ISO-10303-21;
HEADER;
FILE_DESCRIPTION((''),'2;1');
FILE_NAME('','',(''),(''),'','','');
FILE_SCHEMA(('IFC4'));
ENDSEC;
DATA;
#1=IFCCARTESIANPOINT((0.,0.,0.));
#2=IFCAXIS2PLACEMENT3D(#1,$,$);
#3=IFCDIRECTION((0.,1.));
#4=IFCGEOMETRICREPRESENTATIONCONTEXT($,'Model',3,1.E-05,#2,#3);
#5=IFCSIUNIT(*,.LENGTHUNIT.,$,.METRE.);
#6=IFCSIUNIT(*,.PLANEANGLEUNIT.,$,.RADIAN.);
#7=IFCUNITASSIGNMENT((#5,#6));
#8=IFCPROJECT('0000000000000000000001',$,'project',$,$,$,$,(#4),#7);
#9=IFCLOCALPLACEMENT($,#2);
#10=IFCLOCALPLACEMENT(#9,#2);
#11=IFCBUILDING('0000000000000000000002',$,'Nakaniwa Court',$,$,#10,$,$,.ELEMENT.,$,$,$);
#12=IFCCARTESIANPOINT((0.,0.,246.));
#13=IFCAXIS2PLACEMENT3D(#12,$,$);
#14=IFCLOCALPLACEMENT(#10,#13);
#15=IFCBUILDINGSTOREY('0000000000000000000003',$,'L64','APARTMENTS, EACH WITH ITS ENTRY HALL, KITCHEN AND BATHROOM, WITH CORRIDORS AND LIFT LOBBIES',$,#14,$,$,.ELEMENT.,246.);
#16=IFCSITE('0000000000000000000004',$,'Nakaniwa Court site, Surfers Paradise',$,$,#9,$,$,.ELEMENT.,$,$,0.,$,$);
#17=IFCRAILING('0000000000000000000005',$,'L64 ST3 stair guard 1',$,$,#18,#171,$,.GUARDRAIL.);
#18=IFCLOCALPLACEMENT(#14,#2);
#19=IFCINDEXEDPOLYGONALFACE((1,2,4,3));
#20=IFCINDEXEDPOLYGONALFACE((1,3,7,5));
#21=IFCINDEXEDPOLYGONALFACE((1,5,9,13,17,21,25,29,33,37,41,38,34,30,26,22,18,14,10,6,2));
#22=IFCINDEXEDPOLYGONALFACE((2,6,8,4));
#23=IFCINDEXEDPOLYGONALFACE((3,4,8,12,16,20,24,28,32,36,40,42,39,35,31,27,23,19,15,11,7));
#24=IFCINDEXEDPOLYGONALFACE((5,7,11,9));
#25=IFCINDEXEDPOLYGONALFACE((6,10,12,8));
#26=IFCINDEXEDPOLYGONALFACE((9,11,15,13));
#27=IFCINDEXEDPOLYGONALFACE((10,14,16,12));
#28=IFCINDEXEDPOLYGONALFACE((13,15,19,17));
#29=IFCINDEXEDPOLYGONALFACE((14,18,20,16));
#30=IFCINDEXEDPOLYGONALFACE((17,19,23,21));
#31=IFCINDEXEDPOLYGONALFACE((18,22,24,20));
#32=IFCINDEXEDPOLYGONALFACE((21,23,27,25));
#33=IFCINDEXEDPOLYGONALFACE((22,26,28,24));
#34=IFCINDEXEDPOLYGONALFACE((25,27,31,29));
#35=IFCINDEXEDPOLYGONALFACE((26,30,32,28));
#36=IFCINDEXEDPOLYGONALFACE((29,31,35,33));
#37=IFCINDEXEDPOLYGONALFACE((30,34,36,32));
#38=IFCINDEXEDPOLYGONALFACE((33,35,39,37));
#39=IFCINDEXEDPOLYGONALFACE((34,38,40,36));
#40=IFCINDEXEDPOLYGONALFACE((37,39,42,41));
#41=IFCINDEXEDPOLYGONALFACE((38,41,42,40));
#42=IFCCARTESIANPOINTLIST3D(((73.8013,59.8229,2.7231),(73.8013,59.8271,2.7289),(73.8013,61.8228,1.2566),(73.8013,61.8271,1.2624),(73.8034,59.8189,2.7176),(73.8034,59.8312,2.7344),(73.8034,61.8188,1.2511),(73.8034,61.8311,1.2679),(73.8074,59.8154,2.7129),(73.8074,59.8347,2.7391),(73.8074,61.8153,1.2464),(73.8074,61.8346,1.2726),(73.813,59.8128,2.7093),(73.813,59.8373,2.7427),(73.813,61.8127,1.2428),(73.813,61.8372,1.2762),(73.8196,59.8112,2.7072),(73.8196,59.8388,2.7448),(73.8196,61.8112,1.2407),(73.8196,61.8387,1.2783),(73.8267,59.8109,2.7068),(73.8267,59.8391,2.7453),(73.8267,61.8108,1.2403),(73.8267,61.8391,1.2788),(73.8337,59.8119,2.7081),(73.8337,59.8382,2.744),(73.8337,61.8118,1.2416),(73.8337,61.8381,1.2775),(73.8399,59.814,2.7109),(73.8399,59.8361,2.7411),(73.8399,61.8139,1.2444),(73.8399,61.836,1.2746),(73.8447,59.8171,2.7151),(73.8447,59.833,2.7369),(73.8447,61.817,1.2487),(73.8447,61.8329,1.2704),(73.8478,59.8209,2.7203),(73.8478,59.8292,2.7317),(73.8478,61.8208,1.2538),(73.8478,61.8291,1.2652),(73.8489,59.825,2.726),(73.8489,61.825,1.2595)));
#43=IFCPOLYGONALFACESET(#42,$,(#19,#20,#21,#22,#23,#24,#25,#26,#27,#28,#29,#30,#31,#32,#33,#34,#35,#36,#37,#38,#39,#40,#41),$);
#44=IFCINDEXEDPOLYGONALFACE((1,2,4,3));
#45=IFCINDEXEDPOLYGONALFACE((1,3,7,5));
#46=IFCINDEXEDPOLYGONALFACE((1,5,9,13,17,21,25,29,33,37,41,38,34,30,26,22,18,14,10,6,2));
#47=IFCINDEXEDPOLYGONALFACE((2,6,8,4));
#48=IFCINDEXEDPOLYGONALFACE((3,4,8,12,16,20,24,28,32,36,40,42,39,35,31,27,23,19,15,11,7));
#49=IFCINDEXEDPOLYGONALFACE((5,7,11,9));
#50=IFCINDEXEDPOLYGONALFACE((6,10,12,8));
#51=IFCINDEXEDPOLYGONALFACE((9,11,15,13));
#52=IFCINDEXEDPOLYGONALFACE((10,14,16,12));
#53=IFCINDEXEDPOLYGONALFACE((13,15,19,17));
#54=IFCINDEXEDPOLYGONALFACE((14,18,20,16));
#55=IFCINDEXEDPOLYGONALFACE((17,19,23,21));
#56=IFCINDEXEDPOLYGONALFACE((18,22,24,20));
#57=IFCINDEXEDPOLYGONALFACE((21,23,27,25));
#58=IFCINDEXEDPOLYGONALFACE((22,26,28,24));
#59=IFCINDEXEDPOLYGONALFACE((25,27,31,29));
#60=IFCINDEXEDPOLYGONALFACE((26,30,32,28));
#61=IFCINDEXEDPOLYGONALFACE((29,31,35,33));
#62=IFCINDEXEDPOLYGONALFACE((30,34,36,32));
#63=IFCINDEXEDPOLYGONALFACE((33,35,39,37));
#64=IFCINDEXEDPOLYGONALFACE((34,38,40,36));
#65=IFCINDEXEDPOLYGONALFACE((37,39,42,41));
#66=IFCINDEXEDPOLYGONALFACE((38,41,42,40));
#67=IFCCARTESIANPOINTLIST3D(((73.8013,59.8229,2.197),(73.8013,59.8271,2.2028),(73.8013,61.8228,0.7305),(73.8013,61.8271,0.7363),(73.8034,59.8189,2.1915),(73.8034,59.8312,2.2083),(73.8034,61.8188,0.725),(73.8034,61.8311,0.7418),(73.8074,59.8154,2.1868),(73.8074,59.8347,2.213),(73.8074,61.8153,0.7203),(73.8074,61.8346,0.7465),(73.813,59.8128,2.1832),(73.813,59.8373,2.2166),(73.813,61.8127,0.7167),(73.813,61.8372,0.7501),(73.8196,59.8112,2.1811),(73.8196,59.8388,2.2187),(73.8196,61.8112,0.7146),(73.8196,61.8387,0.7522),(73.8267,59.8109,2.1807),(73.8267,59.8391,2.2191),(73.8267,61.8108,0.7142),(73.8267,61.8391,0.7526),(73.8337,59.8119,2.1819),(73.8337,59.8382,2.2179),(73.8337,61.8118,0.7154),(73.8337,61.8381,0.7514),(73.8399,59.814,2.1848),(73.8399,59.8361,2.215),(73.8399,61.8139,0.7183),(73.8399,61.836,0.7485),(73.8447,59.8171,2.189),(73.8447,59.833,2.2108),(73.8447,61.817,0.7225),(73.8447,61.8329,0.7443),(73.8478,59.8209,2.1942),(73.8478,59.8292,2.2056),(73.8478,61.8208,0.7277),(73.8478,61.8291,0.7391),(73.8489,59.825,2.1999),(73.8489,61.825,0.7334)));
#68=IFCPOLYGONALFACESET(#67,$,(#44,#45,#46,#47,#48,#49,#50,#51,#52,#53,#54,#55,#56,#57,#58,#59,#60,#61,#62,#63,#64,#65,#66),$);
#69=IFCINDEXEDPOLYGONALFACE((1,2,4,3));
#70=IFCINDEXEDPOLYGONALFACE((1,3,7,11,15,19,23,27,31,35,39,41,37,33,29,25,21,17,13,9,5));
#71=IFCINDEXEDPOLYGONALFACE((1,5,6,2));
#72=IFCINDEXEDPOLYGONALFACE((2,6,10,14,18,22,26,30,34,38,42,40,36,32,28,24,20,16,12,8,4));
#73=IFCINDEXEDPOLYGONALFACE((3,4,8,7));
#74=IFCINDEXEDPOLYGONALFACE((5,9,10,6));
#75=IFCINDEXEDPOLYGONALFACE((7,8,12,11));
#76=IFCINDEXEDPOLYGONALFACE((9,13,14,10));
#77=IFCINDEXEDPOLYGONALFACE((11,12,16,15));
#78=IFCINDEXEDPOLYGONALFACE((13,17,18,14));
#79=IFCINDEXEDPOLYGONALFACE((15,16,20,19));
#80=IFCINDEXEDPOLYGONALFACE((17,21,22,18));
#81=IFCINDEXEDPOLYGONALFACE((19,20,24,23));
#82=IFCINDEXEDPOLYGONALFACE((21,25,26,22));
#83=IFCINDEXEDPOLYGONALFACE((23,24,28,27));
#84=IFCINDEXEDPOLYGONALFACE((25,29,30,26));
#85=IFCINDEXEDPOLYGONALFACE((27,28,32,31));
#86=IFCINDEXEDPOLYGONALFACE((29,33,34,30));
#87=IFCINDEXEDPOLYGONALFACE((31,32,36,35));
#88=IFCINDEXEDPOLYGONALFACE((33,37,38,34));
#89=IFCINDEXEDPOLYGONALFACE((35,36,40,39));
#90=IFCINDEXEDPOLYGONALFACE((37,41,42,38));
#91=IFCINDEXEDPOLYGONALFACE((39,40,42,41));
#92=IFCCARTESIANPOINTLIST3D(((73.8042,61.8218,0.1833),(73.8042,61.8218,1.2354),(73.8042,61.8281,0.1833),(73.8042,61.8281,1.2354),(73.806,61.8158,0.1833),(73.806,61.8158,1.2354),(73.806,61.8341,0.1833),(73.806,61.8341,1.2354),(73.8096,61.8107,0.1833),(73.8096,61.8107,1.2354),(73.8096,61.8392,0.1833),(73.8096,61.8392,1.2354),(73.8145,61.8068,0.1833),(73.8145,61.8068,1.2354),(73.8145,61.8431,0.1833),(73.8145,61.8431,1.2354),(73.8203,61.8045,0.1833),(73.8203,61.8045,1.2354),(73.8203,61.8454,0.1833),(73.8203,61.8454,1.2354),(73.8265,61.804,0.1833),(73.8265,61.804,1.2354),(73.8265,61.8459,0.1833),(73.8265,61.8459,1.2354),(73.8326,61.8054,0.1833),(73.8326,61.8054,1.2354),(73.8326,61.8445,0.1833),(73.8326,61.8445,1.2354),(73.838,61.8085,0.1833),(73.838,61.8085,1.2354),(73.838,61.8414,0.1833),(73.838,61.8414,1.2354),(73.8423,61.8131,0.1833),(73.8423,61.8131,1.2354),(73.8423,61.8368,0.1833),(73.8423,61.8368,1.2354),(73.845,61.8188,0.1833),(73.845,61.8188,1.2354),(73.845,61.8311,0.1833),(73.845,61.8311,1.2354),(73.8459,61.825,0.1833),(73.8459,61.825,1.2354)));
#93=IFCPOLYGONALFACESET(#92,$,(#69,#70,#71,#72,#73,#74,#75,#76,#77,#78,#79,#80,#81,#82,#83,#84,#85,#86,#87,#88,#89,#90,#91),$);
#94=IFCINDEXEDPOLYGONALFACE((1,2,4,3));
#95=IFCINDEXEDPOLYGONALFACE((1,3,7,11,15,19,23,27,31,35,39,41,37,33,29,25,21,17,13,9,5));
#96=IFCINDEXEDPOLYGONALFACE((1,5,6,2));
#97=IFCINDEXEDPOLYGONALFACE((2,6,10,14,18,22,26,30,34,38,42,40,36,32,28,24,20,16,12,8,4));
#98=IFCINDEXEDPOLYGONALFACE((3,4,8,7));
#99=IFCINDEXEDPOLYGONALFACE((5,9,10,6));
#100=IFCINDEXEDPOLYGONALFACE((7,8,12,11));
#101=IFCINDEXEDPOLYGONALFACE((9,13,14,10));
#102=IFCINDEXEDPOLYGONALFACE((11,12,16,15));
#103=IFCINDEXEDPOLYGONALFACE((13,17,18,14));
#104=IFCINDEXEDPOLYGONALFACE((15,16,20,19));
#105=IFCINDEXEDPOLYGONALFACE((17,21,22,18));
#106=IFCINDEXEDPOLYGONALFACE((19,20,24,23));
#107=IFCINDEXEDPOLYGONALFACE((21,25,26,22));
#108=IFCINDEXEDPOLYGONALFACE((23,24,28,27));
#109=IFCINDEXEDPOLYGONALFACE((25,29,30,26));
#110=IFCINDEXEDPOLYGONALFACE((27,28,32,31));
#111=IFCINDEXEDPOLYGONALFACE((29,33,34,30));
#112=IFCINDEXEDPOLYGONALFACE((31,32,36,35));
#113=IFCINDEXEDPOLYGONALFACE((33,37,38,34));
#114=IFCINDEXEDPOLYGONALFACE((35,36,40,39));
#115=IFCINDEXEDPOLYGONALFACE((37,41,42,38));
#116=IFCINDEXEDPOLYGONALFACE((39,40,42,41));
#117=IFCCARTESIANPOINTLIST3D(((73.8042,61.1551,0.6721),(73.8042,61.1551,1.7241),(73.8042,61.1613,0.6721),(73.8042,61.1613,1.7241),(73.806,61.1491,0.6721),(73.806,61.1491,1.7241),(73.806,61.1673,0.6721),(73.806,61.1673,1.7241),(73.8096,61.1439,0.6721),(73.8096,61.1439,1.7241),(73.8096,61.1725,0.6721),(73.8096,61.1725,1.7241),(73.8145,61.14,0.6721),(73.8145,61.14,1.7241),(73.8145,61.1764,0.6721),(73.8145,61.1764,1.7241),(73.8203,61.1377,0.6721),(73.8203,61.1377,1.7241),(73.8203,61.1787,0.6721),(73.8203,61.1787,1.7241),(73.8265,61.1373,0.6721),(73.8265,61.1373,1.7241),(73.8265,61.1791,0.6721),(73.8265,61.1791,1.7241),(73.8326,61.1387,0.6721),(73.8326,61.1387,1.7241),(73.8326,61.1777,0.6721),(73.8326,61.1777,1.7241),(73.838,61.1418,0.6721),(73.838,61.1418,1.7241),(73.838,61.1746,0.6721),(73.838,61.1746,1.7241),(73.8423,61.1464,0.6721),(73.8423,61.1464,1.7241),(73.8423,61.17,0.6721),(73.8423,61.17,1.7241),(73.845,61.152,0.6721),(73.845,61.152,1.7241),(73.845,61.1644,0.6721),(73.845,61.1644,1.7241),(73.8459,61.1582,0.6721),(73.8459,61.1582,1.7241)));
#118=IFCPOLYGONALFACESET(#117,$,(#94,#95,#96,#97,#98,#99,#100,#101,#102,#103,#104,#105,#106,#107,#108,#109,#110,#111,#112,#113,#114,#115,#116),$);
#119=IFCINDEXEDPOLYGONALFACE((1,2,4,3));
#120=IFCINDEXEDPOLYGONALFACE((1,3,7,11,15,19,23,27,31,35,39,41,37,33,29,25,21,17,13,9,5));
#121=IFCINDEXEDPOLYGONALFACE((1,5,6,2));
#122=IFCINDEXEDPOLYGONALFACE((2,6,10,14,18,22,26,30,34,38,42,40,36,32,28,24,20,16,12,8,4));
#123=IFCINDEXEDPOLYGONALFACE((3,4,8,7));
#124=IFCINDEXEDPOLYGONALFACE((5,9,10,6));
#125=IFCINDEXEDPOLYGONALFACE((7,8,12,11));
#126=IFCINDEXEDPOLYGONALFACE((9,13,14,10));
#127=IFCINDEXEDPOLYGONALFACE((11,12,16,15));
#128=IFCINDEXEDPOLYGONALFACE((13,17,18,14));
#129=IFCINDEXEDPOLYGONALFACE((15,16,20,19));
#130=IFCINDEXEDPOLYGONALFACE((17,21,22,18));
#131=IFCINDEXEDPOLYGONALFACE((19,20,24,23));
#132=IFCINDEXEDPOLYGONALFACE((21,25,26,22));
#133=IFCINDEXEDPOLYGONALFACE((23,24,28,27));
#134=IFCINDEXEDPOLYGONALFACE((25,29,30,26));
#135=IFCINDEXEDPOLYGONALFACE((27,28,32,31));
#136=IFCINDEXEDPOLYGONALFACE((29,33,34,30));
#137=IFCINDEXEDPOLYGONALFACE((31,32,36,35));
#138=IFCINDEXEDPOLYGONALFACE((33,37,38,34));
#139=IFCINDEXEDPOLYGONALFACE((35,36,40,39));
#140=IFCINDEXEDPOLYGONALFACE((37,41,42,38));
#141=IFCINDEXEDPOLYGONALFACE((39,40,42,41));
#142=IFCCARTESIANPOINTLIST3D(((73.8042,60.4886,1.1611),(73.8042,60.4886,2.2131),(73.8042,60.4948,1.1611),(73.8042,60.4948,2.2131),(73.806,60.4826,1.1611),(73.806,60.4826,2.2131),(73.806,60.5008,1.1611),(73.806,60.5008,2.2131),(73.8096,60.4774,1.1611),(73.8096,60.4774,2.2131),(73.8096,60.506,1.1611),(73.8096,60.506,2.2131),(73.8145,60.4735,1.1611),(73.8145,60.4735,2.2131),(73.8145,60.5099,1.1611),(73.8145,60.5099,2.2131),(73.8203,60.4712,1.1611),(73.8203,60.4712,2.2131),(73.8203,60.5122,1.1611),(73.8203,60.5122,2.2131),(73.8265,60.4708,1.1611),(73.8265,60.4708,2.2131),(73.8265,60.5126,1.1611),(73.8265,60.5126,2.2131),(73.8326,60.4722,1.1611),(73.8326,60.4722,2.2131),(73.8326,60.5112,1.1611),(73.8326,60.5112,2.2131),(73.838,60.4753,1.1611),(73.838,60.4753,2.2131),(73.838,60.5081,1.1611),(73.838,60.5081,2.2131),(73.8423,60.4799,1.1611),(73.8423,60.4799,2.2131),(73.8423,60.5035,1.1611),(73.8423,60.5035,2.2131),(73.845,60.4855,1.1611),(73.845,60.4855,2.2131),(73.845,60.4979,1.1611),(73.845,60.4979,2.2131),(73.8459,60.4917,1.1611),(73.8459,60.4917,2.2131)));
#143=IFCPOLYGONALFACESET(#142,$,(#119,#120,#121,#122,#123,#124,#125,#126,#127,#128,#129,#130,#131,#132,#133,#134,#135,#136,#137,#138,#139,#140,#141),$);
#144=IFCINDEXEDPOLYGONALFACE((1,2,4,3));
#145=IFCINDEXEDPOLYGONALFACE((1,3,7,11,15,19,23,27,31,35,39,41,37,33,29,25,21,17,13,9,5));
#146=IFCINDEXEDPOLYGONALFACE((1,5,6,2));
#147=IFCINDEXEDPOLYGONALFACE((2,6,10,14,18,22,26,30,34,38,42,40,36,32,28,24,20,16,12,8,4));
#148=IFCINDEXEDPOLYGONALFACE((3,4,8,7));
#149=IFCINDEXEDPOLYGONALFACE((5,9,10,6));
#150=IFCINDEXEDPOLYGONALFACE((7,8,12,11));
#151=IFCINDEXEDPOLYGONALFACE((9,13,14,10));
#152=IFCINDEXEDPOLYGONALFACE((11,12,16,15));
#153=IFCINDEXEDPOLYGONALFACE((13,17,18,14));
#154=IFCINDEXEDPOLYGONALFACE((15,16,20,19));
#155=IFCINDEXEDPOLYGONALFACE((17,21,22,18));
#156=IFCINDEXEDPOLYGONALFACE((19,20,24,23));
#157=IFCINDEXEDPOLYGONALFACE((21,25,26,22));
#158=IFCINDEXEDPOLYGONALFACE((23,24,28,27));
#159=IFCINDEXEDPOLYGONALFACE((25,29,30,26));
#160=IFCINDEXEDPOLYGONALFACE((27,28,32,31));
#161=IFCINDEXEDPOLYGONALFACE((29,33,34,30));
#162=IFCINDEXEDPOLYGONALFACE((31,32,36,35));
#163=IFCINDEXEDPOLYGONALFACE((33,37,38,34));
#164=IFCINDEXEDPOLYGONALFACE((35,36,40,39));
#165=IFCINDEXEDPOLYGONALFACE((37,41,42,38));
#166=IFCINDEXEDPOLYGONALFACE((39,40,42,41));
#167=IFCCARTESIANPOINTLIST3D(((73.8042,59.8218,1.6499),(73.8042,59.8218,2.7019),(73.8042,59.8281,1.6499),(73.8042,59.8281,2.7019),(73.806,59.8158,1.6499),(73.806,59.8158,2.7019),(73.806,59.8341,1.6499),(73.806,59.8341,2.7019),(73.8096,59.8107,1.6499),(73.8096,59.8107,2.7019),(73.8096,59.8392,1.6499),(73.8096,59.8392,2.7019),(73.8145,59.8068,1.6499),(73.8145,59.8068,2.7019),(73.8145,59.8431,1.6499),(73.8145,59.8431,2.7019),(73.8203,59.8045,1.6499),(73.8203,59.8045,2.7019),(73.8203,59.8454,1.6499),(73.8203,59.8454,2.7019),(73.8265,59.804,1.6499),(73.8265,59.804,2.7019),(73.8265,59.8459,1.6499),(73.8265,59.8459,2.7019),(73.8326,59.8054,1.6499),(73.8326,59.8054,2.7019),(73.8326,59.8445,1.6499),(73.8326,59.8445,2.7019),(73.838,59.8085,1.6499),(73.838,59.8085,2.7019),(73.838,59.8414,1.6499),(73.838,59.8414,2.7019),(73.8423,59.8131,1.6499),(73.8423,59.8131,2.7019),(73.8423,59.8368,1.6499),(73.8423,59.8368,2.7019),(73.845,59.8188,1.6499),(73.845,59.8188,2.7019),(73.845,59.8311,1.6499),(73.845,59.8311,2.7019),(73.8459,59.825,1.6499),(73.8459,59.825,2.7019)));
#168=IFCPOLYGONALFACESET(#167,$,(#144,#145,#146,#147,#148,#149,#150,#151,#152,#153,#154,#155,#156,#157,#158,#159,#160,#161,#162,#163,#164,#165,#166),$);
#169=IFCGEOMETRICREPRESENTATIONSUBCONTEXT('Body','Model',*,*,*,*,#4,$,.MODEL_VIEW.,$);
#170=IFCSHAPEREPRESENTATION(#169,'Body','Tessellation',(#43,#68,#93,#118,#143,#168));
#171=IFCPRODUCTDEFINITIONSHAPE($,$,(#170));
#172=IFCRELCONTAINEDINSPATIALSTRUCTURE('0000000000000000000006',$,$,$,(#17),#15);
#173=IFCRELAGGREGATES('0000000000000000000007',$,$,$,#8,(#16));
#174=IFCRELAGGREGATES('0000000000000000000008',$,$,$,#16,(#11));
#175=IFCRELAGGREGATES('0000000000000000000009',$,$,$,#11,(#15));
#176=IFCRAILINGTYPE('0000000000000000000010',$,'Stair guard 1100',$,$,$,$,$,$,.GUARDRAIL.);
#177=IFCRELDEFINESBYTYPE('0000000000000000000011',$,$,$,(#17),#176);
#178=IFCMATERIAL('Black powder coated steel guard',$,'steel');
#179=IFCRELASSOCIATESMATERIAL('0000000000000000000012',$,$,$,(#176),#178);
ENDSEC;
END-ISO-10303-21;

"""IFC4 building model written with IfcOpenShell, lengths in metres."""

from ifc_helpers import new_model, si_unit, direction, frame, origin, origin_2d, place, context, subcontext, project, spatial, circle, extrude, material, type_object, element, save


model = new_model("IFC4")

# Units and contexts
model_context = context("Model", 3, precision=1e-05, world=origin(), true_north=direction((0.0, 1.0)))
body_context = subcontext(model_context, "Body", "Model", "MODEL_VIEW")
ifc_project = project(units=[si_unit("LENGTHUNIT", "METRE"), si_unit("PLANEANGLEUNIT", "RADIAN")], contexts=[model_context])

# Site, building, storey
site_placement = place(None, origin())
site = spatial("IfcSite", under=ifc_project, at=site_placement, Name="Nakaniwa Court site, Surfers Paradise", CompositionType="ELEMENT", RefElevation=0.0)
building_placement = place(site_placement, origin())
building = spatial("IfcBuilding", under=site, at=building_placement, Name="Nakaniwa Court", CompositionType="ELEMENT")
storey_placement = place(building_placement, frame((0.0, 0.0, 246.0)))
storey = spatial("IfcBuildingStorey", under=building, at=storey_placement, Name="L64", Description="APARTMENTS, EACH WITH ITS ENTRY HALL, KITCHEN AND BATHROOM, WITH CORRIDORS AND LIFT LOBBIES", CompositionType="ELEMENT", Elevation=246.0)

# Railing
ifc_material_1 = material(Name="Black powder coated steel guard", Category="steel")
railing_type_1 = type_object("IfcRailingType", Name="Stair guard 1100", PredefinedType="GUARDRAIL", material=ifc_material_1)
railing_1_placement = place(storey_placement, frame((73.825, 61.825, 0.1833)))
element("IfcRailing", 1, at=railing_1_placement, inside=storey, type_object=railing_type_1, Name="L64 ST3 stair guard 1", PredefinedType="GUARDRAIL", context=body_context, shape_type="SweptSolid", body=[
    extrude(circle(Radius=0.0239, at=origin_2d()), frame((0.0, 0.0, 1.0762), z_axis=(0.0, -0.806427, 0.591334), x_axis=(1.0, 0.0, 0.0)), (0.0, 0.0, 1.0), 2.48),
    extrude(circle(Radius=0.0239, at=origin_2d()), frame((0.0, 0.0, 0.55), z_axis=(0.0, -0.806427, 0.591334), x_axis=(1.0, 0.0, 0.0)), (0.0, 0.0, 1.0), 2.48),
    extrude(circle(Radius=0.021, at=origin_2d()), origin(), (0.0, 0.0, 1.0), 1.052),
    extrude(circle(Radius=0.021, at=origin_2d()), frame((0.0, -0.6667, 0.4888)), (0.0, 0.0, 1.0), 1.052),
    extrude(circle(Radius=0.021, at=origin_2d()), frame((0.0, -1.3333, 0.9778)), (0.0, 0.0, 1.0), 1.052),
    extrude(circle(Radius=0.021, at=origin_2d()), frame((0.0, -2.0, 1.4666)), (0.0, 0.0, 1.0), 1.052),
])

save(model, "model.ifc")
